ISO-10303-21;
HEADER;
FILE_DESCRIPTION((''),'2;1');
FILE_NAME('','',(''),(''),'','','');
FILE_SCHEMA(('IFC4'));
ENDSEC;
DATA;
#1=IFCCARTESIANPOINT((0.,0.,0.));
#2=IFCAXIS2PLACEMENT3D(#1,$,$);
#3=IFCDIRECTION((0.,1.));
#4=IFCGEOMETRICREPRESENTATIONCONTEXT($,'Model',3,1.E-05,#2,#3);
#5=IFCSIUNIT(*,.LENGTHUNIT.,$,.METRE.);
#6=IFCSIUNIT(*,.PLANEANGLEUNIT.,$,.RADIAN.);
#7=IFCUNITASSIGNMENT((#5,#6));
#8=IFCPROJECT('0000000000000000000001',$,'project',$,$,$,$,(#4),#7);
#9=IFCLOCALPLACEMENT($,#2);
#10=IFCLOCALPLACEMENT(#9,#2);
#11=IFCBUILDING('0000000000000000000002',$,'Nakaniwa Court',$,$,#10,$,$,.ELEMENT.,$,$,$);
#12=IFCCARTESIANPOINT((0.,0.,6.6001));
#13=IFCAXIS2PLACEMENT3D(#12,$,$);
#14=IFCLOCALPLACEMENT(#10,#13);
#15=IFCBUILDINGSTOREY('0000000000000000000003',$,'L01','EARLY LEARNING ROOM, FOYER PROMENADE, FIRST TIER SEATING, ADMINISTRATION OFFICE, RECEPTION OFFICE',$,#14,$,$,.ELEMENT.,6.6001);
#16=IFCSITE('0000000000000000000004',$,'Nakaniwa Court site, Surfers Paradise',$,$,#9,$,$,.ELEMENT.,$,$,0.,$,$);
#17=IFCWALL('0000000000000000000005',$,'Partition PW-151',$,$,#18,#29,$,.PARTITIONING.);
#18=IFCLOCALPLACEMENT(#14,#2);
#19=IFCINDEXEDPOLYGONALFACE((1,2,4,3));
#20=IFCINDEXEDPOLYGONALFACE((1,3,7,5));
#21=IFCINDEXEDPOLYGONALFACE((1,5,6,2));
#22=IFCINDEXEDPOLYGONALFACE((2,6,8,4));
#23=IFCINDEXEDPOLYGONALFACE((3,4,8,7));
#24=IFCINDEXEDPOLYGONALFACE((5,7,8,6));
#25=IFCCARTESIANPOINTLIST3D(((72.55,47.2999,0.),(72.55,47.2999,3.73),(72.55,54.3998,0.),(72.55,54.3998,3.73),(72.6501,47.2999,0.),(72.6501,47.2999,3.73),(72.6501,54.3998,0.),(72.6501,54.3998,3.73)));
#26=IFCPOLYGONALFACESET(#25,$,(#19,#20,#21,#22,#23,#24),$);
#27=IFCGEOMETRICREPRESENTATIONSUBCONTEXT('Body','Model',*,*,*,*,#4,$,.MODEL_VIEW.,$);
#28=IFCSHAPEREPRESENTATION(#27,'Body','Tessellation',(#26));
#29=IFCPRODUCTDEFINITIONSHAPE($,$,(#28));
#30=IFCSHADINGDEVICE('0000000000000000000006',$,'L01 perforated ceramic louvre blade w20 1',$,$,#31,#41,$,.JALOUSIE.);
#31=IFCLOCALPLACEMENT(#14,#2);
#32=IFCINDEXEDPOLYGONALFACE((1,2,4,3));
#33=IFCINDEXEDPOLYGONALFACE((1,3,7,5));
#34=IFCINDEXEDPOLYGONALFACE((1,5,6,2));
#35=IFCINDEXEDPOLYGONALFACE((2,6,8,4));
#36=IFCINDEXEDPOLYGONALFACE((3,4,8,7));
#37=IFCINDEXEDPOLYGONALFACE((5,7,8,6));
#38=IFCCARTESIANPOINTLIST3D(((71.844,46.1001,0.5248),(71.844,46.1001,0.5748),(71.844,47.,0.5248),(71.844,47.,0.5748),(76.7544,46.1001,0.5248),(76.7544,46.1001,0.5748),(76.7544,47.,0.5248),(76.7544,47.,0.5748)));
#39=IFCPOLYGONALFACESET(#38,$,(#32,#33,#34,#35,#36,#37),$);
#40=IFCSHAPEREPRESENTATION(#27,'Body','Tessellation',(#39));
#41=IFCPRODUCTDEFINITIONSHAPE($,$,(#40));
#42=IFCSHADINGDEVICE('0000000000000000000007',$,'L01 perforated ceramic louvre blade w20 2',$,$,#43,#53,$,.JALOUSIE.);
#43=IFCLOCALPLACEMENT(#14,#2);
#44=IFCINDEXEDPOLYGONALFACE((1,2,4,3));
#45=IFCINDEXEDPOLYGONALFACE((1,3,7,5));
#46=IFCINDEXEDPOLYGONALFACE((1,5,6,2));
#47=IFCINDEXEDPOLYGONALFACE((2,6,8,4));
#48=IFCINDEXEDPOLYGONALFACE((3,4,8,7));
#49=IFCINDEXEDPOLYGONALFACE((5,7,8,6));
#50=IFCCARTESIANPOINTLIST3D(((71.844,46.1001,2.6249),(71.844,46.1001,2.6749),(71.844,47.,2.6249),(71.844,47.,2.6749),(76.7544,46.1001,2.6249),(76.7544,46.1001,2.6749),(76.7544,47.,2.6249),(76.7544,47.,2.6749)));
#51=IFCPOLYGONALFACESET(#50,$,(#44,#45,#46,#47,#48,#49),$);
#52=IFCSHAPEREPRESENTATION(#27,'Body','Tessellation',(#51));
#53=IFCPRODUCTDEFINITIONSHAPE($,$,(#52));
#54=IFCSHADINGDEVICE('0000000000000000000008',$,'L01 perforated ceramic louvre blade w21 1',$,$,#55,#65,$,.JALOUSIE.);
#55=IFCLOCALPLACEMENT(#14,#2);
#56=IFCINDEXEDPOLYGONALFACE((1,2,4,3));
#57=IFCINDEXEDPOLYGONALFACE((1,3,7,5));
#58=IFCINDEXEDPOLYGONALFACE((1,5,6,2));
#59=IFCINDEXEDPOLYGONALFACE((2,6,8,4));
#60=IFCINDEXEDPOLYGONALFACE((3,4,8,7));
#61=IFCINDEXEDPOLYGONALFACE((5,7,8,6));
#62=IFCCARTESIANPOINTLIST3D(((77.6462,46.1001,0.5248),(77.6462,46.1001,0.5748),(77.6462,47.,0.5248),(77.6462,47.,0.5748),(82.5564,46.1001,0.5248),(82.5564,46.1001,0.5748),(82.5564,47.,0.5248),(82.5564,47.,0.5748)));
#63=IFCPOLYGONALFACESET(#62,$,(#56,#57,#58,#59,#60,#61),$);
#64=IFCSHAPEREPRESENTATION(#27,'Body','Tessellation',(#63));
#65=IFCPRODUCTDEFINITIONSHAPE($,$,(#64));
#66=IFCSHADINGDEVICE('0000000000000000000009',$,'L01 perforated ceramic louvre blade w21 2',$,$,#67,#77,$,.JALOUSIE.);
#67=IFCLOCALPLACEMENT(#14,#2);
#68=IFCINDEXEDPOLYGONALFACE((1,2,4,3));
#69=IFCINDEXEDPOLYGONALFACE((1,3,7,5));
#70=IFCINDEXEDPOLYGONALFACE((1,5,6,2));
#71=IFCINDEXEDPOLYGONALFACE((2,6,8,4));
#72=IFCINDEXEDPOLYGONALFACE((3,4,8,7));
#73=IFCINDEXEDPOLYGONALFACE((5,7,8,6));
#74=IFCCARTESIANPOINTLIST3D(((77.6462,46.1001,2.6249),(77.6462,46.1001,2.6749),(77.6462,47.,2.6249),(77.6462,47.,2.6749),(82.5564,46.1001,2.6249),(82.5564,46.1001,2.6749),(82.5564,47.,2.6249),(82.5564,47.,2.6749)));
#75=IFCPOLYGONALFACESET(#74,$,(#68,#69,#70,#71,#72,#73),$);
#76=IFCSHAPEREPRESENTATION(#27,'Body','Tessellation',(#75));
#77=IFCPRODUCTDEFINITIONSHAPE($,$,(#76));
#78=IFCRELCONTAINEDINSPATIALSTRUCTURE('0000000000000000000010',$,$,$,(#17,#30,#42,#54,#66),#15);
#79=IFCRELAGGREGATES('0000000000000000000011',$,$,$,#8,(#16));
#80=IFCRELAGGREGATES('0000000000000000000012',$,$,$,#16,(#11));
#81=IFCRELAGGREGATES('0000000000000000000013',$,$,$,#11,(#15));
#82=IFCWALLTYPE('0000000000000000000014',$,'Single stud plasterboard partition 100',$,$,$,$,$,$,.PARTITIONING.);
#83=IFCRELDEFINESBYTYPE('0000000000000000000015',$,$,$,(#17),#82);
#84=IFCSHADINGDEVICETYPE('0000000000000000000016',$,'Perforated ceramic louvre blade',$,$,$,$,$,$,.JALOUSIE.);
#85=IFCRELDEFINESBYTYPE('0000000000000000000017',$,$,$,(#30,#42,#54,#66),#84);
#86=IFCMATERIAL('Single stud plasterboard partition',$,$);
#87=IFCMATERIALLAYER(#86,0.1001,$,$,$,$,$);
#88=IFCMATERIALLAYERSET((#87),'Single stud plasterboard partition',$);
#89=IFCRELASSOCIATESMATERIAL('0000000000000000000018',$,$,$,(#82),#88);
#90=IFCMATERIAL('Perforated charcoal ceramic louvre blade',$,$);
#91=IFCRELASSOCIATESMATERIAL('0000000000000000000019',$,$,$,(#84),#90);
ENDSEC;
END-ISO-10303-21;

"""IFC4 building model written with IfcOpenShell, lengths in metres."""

from ifc_helpers import new_model, si_unit, direction, frame, frame_2d, origin, origin_2d, place, context, subcontext, project, spatial, rectangle, extrude, material, layer, layer_set, material_profile, profile_set, type_object, element, save


model = new_model("IFC4")

# Units and contexts
model_context = context("Model", 3, precision=1e-05, world=origin(), true_north=direction((0.0, 1.0)))
body_context = subcontext(model_context, "Body", "Model", "MODEL_VIEW")
ifc_project = project(units=[si_unit("LENGTHUNIT", "METRE"), si_unit("PLANEANGLEUNIT", "RADIAN")], contexts=[model_context])

# Site, building, storey
site_placement = place(None, origin())
site = spatial("IfcSite", under=ifc_project, at=site_placement, Name="Nakaniwa Court site, Surfers Paradise", CompositionType="ELEMENT", RefElevation=0.0)
building_placement = place(site_placement, origin())
building = spatial("IfcBuilding", under=site, at=building_placement, Name="Nakaniwa Court", CompositionType="ELEMENT")
storey_placement = place(building_placement, frame((0.0, 0.0, 6.6001)))
storey = spatial("IfcBuildingStorey", under=building, at=storey_placement, Name="L01", Description="EARLY LEARNING ROOM, FOYER PROMENADE, FIRST TIER SEATING, ADMINISTRATION OFFICE, RECEPTION OFFICE", CompositionType="ELEMENT", Elevation=6.6001)

# Wall
ifc_material_1 = material(Name="Single stud plasterboard partition")
ifc_layer_1 = layer(ifc_material_1, 0.1001)
ifc_layer_set_1 = layer_set([ifc_layer_1], Name="Single stud plasterboard partition")
wall_type_1 = type_object("IfcWallType", Name="Single stud plasterboard partition 100", PredefinedType="PARTITIONING", material=ifc_layer_set_1)
wall_1_placement = place(storey_placement, frame((72.6001, 47.3, 0.0), z_axis=(0.0, 0.0, 1.0), x_axis=(0.0, 1.0, 0.0)))
element("IfcWall", 1, at=wall_1_placement, inside=storey, type_object=wall_type_1, Name="Partition PW-151", PredefinedType="PARTITIONING", context=body_context, shape_type="SweptSolid", body=[
    extrude(rectangle(XDim=7.0999, YDim=0.1001, at=frame_2d((3.5498, 0.0))), origin(), (0.0, 0.0, 1.0), 3.73),
])

# Shading devices
ifc_material_2 = material(Name="Perforated charcoal ceramic louvre blade")
ifc_material_profile_1 = material_profile(ifc_material_2, rectangle(XDim=0.8999, YDim=0.05, at=origin_2d()), Name="Perforated ceramic louvre blade")
ifc_profile_set_1 = profile_set([ifc_material_profile_1], Name="Perforated charcoal ceramic louvre blade")
shading_device_type = type_object("IfcShadingDeviceType", Name="Perforated ceramic louvre blade", PredefinedType="JALOUSIE", material=ifc_profile_set_1)
for number, where, z_axis, x_axis, name in (
    (2, (71.844, 46.55, 0.5498), (1.0, 0.0, 0.0), (0.0, 1.0, 0.0), "L01 perforated ceramic louvre blade w20 1"),
    (3, (71.844, 46.55, 2.6499), (1.0, 0.0, 0.0), (0.0, 1.0, 0.0), "L01 perforated ceramic louvre blade w20 2"),
):
    element("IfcShadingDevice", number, at=place(storey_placement, frame(where, z_axis=z_axis, x_axis=x_axis)), inside=storey, type_object=shading_device_type, Name=name, PredefinedType="JALOUSIE", context=body_context, shape_type="SweptSolid", body=[
        extrude(rectangle(XDim=0.8999, YDim=0.05, at=origin_2d()), origin(), (0.0, 0.0, 1.0), 4.9104),
    ])
for number, where, z_axis, x_axis, name in (
    (4, (77.6462, 46.55, 0.5498), (1.0, 0.0, 0.0), (0.0, 1.0, 0.0), "L01 perforated ceramic louvre blade w21 1"),
    (5, (77.6462, 46.55, 2.6499), (1.0, 0.0, 0.0), (0.0, 1.0, 0.0), "L01 perforated ceramic louvre blade w21 2"),
):
    element("IfcShadingDevice", number, at=place(storey_placement, frame(where, z_axis=z_axis, x_axis=x_axis)), inside=storey, type_object=shading_device_type, Name=name, PredefinedType="JALOUSIE", context=body_context, shape_type="SweptSolid", body=[
        extrude(rectangle(XDim=0.8999, YDim=0.05, at=origin_2d()), origin(), (0.0, 0.0, 1.0), 4.9102),
    ])

save(model, "model.ifc")
